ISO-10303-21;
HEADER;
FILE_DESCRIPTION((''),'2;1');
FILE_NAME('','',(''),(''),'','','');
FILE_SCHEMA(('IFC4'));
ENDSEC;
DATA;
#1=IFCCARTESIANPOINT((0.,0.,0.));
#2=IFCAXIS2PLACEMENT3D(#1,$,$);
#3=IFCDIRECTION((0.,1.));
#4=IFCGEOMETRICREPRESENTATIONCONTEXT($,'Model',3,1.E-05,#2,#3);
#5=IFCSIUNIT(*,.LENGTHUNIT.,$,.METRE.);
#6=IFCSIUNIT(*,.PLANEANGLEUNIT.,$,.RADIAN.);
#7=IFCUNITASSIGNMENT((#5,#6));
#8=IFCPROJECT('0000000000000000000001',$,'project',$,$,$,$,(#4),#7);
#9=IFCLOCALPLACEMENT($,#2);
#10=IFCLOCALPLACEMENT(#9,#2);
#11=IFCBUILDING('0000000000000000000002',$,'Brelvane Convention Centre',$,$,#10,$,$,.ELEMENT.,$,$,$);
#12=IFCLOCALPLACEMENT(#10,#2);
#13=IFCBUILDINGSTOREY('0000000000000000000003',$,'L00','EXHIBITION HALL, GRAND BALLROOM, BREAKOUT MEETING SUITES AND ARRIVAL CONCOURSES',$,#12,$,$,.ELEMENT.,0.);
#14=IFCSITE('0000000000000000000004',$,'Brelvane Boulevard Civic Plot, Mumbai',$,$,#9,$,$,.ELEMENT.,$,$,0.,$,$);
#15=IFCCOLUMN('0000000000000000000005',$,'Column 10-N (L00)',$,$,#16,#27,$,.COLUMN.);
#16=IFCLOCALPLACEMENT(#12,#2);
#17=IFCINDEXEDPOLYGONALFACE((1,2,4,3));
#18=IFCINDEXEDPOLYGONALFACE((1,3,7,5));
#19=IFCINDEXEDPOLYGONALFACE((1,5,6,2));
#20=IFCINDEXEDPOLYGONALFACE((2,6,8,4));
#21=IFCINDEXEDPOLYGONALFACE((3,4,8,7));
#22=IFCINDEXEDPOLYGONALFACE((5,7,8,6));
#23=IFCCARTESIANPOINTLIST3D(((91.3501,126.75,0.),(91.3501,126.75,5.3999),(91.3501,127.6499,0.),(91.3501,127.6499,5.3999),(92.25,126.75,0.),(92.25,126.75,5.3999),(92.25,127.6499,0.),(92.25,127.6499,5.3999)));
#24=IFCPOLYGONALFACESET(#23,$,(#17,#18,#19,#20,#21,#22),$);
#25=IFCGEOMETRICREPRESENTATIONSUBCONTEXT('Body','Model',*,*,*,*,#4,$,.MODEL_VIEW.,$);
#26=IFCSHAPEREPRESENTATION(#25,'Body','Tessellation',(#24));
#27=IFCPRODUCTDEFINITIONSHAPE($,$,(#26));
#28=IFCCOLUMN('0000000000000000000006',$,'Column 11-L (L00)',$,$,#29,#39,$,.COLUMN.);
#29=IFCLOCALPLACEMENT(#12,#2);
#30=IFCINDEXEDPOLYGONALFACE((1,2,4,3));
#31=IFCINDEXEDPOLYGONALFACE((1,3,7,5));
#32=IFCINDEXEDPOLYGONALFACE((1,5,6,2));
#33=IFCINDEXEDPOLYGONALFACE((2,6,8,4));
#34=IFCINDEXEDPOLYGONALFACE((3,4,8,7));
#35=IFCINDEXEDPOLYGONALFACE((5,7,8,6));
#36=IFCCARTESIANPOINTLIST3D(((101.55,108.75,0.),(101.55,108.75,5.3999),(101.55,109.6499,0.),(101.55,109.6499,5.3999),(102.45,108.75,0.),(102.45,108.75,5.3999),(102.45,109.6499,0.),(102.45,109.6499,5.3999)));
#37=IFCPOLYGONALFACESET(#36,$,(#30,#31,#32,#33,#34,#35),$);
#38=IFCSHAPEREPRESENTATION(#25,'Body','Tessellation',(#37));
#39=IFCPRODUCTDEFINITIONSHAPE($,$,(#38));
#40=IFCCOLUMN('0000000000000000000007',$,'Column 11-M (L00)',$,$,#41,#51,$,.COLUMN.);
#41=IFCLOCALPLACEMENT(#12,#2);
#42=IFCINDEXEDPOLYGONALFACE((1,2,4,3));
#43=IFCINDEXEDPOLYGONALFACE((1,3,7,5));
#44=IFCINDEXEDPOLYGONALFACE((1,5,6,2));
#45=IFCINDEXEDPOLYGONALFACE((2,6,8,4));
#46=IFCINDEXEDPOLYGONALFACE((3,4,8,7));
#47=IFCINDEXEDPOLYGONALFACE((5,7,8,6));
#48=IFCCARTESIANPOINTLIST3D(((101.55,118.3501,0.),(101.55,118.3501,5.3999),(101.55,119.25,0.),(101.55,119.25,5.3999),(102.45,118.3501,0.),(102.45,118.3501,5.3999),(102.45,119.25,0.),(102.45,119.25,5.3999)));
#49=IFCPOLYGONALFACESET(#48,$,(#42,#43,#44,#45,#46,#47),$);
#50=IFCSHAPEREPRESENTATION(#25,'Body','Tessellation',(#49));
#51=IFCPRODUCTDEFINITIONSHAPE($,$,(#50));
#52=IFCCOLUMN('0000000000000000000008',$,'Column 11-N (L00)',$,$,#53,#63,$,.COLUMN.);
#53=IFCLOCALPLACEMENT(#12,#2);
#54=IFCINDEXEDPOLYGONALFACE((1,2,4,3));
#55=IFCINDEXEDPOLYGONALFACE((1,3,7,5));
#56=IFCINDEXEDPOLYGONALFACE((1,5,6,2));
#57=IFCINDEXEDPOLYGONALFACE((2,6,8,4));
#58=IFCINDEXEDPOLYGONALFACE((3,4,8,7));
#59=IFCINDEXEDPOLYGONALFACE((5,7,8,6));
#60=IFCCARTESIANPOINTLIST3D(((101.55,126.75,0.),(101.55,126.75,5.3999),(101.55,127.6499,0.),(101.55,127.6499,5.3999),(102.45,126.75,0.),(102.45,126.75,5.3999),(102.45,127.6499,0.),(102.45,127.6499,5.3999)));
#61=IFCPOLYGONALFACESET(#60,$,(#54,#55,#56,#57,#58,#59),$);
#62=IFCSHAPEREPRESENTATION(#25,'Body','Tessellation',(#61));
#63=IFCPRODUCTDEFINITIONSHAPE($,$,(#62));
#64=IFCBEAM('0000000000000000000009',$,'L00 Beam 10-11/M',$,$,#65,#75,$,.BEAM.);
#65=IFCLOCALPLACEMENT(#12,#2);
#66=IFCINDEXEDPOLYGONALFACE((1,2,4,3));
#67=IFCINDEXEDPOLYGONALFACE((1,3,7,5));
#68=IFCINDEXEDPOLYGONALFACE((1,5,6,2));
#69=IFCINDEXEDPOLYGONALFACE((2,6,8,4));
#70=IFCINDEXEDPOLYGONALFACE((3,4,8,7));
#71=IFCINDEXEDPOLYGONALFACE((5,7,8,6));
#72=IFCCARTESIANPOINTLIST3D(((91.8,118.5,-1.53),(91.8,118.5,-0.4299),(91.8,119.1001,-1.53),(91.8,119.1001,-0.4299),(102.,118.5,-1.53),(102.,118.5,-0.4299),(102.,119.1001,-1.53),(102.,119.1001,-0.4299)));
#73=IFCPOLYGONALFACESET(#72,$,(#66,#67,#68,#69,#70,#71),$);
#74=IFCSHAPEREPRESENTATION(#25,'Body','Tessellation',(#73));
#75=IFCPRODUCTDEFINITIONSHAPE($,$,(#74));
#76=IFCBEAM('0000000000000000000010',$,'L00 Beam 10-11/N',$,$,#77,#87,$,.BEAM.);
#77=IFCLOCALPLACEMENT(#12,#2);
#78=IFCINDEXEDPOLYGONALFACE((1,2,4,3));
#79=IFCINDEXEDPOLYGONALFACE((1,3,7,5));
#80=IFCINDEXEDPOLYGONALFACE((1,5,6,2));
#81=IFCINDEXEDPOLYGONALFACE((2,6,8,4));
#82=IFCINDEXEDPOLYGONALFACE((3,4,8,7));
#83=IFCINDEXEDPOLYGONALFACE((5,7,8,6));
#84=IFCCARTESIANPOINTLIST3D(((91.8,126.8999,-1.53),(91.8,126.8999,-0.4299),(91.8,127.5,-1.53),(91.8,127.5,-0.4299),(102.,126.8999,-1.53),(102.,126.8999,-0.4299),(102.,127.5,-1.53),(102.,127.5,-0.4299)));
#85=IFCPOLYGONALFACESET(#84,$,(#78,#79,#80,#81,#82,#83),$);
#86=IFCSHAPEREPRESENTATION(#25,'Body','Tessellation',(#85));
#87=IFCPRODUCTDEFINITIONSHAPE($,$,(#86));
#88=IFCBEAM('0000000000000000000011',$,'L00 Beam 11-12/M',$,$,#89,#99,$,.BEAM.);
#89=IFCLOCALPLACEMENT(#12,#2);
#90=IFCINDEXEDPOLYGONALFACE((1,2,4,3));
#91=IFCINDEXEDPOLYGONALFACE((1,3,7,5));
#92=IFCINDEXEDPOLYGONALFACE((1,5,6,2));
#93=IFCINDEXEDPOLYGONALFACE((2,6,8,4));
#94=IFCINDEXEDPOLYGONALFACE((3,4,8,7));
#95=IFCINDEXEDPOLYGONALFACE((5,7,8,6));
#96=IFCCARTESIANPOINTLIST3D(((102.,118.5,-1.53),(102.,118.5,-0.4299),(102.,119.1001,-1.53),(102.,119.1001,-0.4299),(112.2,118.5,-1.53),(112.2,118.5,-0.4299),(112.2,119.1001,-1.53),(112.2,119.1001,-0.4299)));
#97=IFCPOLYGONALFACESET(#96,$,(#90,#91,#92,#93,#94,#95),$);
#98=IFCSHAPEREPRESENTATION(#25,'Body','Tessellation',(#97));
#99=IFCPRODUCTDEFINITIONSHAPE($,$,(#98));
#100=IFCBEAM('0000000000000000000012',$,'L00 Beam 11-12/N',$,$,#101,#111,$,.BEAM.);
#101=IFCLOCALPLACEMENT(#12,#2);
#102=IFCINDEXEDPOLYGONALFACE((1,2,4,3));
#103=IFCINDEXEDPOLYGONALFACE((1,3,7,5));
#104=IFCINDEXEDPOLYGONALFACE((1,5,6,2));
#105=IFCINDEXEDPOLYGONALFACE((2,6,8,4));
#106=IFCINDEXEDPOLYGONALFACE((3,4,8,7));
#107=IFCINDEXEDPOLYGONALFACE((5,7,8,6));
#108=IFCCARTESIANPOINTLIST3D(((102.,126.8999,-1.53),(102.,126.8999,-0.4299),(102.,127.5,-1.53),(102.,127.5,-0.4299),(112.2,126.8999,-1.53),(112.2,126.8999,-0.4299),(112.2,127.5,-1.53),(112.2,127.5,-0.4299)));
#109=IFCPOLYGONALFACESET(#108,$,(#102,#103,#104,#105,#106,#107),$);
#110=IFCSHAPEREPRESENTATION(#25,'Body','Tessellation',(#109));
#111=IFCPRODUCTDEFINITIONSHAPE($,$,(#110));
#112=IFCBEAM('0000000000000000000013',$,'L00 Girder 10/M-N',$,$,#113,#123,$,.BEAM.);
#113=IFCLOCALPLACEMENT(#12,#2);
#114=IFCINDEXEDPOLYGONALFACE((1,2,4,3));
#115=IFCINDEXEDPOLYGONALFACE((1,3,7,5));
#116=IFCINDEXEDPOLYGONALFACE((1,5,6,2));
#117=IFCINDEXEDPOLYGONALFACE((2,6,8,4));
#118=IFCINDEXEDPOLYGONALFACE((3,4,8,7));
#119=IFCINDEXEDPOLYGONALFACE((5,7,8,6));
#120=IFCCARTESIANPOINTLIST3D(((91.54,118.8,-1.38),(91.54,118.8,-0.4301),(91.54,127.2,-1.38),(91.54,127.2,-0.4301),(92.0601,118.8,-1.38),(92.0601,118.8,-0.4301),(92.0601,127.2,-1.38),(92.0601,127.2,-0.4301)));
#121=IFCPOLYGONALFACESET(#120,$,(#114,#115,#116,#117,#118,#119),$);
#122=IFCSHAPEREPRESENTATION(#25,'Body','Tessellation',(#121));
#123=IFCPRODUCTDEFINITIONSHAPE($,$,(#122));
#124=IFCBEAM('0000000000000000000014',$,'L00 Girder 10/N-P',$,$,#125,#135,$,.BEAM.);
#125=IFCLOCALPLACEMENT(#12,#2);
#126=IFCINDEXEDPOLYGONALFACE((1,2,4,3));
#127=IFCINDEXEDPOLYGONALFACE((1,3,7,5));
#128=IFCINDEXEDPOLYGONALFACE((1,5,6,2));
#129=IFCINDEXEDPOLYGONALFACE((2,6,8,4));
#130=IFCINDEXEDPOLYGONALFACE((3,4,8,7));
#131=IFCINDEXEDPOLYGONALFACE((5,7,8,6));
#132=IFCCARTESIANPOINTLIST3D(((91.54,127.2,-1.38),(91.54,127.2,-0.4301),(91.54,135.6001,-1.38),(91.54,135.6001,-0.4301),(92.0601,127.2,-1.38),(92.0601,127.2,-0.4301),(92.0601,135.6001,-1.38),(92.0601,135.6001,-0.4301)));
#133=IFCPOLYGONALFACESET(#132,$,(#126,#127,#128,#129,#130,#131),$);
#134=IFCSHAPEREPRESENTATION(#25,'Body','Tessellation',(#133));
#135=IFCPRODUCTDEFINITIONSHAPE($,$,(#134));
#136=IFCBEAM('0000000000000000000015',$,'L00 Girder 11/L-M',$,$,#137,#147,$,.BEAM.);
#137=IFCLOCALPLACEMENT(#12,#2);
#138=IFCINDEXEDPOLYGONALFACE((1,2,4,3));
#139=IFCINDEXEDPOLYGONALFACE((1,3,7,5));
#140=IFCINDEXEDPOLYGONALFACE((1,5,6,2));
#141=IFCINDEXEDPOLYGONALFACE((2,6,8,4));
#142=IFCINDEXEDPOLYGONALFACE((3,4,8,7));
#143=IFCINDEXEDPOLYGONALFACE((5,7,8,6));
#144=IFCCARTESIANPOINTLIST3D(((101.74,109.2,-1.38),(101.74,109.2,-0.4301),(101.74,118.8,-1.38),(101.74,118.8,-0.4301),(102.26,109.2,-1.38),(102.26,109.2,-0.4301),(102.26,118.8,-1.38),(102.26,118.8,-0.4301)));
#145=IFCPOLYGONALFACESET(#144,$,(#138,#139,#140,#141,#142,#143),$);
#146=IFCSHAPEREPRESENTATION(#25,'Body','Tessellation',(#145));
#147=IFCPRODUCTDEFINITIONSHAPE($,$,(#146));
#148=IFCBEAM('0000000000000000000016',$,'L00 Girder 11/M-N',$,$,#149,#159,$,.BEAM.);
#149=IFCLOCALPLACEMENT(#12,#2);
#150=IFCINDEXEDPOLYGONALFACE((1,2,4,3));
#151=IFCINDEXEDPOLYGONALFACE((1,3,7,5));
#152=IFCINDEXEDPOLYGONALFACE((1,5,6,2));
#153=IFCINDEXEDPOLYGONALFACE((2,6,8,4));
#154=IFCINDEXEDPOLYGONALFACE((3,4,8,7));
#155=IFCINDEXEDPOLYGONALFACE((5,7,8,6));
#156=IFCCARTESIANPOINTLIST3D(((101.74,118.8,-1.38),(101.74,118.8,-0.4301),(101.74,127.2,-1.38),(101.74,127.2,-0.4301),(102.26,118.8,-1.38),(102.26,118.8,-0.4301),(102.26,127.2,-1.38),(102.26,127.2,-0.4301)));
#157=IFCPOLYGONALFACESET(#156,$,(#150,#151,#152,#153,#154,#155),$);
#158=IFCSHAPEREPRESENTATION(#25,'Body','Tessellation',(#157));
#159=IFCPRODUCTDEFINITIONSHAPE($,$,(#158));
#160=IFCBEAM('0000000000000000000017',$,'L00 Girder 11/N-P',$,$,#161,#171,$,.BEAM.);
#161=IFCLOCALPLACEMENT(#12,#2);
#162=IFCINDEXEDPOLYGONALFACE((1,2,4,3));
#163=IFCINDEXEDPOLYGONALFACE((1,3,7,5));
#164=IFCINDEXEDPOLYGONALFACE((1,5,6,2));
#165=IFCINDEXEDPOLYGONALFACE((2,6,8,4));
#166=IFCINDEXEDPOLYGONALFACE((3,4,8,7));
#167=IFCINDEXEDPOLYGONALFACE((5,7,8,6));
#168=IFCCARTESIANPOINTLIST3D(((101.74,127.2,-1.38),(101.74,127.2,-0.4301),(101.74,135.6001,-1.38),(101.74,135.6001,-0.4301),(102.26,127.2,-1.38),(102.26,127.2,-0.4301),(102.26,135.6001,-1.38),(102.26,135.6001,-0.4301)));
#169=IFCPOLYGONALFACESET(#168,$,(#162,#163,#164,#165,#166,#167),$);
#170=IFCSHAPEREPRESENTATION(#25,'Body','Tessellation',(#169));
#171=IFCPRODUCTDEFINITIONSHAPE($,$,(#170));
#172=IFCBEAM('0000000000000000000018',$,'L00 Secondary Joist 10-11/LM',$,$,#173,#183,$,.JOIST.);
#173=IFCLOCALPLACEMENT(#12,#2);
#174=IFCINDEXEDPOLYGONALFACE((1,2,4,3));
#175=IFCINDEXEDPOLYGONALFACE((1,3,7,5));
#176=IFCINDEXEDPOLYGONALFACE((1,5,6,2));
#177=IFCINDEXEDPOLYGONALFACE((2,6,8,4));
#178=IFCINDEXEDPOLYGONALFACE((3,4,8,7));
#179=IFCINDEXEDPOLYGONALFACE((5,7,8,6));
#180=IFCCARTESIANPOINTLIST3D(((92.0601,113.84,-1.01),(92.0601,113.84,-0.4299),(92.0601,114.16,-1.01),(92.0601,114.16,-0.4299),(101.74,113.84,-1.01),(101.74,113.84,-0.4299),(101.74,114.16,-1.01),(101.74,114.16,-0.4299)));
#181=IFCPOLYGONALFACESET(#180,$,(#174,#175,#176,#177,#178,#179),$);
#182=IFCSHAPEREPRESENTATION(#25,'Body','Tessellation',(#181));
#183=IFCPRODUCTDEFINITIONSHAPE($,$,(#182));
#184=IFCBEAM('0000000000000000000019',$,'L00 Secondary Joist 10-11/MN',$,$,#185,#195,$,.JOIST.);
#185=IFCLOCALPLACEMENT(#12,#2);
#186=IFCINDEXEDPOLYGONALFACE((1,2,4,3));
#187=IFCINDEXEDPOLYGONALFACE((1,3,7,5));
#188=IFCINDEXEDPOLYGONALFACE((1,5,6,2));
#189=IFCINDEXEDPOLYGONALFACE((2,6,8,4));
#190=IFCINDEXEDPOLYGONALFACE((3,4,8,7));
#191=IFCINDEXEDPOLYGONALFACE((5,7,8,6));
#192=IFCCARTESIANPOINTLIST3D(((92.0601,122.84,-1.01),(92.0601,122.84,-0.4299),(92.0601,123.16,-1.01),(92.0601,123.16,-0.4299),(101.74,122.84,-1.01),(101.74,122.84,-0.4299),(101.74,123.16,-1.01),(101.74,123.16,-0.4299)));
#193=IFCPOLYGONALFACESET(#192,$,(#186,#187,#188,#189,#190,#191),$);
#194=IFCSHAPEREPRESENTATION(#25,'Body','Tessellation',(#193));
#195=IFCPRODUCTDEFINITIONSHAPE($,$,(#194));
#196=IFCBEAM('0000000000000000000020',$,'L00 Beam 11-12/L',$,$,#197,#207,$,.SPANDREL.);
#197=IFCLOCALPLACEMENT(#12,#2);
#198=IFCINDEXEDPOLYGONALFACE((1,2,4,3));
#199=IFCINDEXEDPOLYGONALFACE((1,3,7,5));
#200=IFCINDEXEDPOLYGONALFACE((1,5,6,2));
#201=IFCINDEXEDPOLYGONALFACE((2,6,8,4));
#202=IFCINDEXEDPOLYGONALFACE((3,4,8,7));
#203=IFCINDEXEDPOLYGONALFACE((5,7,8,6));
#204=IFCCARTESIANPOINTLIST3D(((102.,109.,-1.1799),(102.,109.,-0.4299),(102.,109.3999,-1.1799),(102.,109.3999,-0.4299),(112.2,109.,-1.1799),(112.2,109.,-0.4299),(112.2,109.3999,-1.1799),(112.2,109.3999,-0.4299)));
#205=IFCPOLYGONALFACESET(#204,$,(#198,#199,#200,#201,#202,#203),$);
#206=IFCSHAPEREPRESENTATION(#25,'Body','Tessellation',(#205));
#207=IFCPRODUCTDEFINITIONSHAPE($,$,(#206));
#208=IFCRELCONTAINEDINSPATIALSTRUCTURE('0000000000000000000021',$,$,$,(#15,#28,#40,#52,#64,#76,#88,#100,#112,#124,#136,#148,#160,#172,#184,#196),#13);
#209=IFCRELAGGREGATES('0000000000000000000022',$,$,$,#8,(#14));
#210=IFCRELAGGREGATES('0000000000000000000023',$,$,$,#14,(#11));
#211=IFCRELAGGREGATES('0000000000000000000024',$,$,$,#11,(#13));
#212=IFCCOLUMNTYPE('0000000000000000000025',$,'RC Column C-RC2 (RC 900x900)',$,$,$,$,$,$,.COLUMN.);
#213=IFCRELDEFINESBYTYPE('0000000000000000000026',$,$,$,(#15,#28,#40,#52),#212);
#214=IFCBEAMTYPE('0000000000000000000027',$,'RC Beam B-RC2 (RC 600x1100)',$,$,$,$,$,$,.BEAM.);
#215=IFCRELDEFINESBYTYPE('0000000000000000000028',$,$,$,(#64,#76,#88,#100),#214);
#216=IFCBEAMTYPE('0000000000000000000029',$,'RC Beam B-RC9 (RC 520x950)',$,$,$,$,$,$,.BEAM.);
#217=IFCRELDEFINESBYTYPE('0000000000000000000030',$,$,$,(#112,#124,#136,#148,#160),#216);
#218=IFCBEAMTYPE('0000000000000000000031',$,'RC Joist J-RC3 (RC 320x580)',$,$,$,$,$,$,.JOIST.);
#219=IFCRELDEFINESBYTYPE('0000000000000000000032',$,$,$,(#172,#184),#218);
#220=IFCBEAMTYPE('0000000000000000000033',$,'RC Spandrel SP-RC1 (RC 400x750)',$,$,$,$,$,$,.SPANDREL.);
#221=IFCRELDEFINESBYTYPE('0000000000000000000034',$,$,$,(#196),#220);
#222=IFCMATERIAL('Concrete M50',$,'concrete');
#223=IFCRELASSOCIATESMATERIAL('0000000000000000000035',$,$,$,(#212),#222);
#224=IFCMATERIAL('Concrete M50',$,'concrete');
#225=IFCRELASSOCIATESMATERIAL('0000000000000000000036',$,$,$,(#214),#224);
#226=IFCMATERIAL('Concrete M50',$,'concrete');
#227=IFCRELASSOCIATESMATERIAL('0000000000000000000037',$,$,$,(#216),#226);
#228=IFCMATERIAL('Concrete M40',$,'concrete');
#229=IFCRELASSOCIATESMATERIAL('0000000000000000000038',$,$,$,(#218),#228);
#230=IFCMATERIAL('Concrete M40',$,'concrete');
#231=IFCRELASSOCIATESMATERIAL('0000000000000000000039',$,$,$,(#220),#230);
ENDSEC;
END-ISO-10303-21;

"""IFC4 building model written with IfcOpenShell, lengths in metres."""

from ifc_helpers import new_model, si_unit, direction, frame, origin, origin_2d, place, context, subcontext, project, spatial, rectangle, extrude, material, material_profile, profile_set, type_object, element, save


model = new_model("IFC4")

# Units and contexts
model_context = context("Model", 3, precision=1e-05, world=origin(), true_north=direction((0.0, 1.0)))
body_context = subcontext(model_context, "Body", "Model", "MODEL_VIEW")
ifc_project = project(units=[si_unit("LENGTHUNIT", "METRE"), si_unit("PLANEANGLEUNIT", "RADIAN")], contexts=[model_context])

# Site, building, storey
site_placement = place(None, origin())
site = spatial("IfcSite", under=ifc_project, at=site_placement, Name="Brelvane Boulevard Civic Plot, Mumbai", CompositionType="ELEMENT", RefElevation=0.0)
building_placement = place(site_placement, origin())
building = spatial("IfcBuilding", under=site, at=building_placement, Name="Brelvane Convention Centre", CompositionType="ELEMENT")
storey_placement = place(building_placement, origin())
storey = spatial("IfcBuildingStorey", under=building, at=storey_placement, Name="L00", Description="EXHIBITION HALL, GRAND BALLROOM, BREAKOUT MEETING SUITES AND ARRIVAL CONCOURSES", CompositionType="ELEMENT", Elevation=0.0)

# Columns
ifc_material_1 = material(Name="Concrete M50", Category="concrete")
ifc_material_profile_1 = material_profile(ifc_material_1, rectangle(XDim=0.8999, YDim=0.8999, at=origin_2d()), Name="RC 900x900")
ifc_profile_set_1 = profile_set([ifc_material_profile_1], Name="Concrete M50")
column_type = type_object("IfcColumnType", Name="RC Column C-RC2 (RC 900x900)", PredefinedType="COLUMN", material=ifc_profile_set_1)
for number, where, z_axis, x_axis, name in (
    (1, (91.8, 127.2, 0.0), (0.0, 0.0, 1.0), (1.0, 0.0, 0.0), "Column 10-N (L00)"),
    (2, (102.0, 109.2, 0.0), (0.0, 0.0, 1.0), (1.0, 0.0, 0.0), "Column 11-L (L00)"),
    (3, (102.0, 118.8, 0.0), (0.0, 0.0, 1.0), (1.0, 0.0, 0.0), "Column 11-M (L00)"),
    (4, (102.0, 127.2, 0.0), (0.0, 0.0, 1.0), (1.0, 0.0, 0.0), "Column 11-N (L00)"),
):
    element("IfcColumn", number, at=place(storey_placement, frame(where, z_axis=z_axis, x_axis=x_axis)), inside=storey, type_object=column_type, Name=name, PredefinedType="COLUMN", context=body_context, shape_type="SweptSolid", body=[
        extrude(rectangle(XDim=0.8999, YDim=0.8999, at=origin_2d()), origin(), (0.0, 0.0, 1.0), 5.3999),
    ])

# Beams
ifc_material_2 = material(Name="Concrete M50", Category="concrete")
ifc_material_profile_2 = material_profile(ifc_material_2, rectangle(XDim=0.6001, YDim=1.1001, at=origin_2d()), Name="RC 600x1100")
ifc_profile_set_2 = profile_set([ifc_material_profile_2], Name="Concrete M50")
beam_type_1 = type_object("IfcBeamType", Name="RC Beam B-RC2 (RC 600x1100)", PredefinedType="BEAM", material=ifc_profile_set_2)
for number, where, z_axis, x_axis, name in (
    (5, (91.8, 118.8, -0.98), (1.0, 0.0, 0.0), (0.0, 1.0, 0.0), "L00 Beam 10-11/M"),
    (6, (91.8, 127.2, -0.98), (1.0, 0.0, 0.0), (0.0, 1.0, 0.0), "L00 Beam 10-11/N"),
    (7, (102.0, 118.8, -0.98), (1.0, 0.0, 0.0), (0.0, 1.0, 0.0), "L00 Beam 11-12/M"),
    (8, (102.0, 127.2, -0.98), (1.0, 0.0, 0.0), (0.0, 1.0, 0.0), "L00 Beam 11-12/N"),
):
    element("IfcBeam", number, at=place(storey_placement, frame(where, z_axis=z_axis, x_axis=x_axis)), inside=storey, type_object=beam_type_1, Name=name, PredefinedType="BEAM", context=body_context, shape_type="SweptSolid", body=[
        extrude(rectangle(XDim=0.6001, YDim=1.1001, at=origin_2d()), origin(), (0.0, 0.0, 1.0), 10.2),
    ])
ifc_material_3 = material(Name="Concrete M50", Category="concrete")
ifc_material_profile_3 = material_profile(ifc_material_3, rectangle(XDim=0.52, YDim=0.95, at=origin_2d()), Name="RC 520x950")
ifc_profile_set_3 = profile_set([ifc_material_profile_3], Name="Concrete M50")
beam_type_2 = type_object("IfcBeamType", Name="RC Beam B-RC9 (RC 520x950)", PredefinedType="BEAM", material=ifc_profile_set_3)
beam_1_placement = place(storey_placement, frame((91.8, 118.8, -0.905), z_axis=(0.0, 1.0, 0.0), x_axis=(-1.0, 0.0, 0.0)))
element("IfcBeam", 9, at=beam_1_placement, inside=storey, type_object=beam_type_2, Name="L00 Girder 10/M-N", PredefinedType="BEAM", context=body_context, shape_type="SweptSolid", body=[
    extrude(rectangle(XDim=0.52, YDim=0.95, at=origin_2d()), origin(), (0.0, 0.0, 1.0), 8.3999),
])
beam_2_placement = place(storey_placement, frame((91.8, 127.2, -0.905), z_axis=(0.0, 1.0, 0.0), x_axis=(-1.0, 0.0, 0.0)))
element("IfcBeam", 10, at=beam_2_placement, inside=storey, type_object=beam_type_2, Name="L00 Girder 10/N-P", PredefinedType="BEAM", context=body_context, shape_type="SweptSolid", body=[
    extrude(rectangle(XDim=0.52, YDim=0.95, at=origin_2d()), origin(), (0.0, 0.0, 1.0), 8.4001),
])
beam_3_placement = place(storey_placement, frame((102.0, 109.2, -0.905), z_axis=(0.0, 1.0, 0.0), x_axis=(-1.0, 0.0, 0.0)))
element("IfcBeam", 11, at=beam_3_placement, inside=storey, type_object=beam_type_2, Name="L00 Girder 11/L-M", PredefinedType="BEAM", context=body_context, shape_type="SweptSolid", body=[
    extrude(rectangle(XDim=0.52, YDim=0.95, at=origin_2d()), origin(), (0.0, 0.0, 1.0), 9.6001),
])
beam_4_placement = place(storey_placement, frame((102.0, 118.8, -0.905), z_axis=(0.0, 1.0, 0.0), x_axis=(-1.0, 0.0, 0.0)))
element("IfcBeam", 12, at=beam_4_placement, inside=storey, type_object=beam_type_2, Name="L00 Girder 11/M-N", PredefinedType="BEAM", context=body_context, shape_type="SweptSolid", body=[
    extrude(rectangle(XDim=0.52, YDim=0.95, at=origin_2d()), origin(), (0.0, 0.0, 1.0), 8.3999),
])
beam_5_placement = place(storey_placement, frame((102.0, 127.2, -0.905), z_axis=(0.0, 1.0, 0.0), x_axis=(-1.0, 0.0, 0.0)))
element("IfcBeam", 13, at=beam_5_placement, inside=storey, type_object=beam_type_2, Name="L00 Girder 11/N-P", PredefinedType="BEAM", context=body_context, shape_type="SweptSolid", body=[
    extrude(rectangle(XDim=0.52, YDim=0.95, at=origin_2d()), origin(), (0.0, 0.0, 1.0), 8.4001),
])
ifc_material_4 = material(Name="Concrete M40", Category="concrete")
ifc_material_profile_4 = material_profile(ifc_material_4, rectangle(XDim=0.3201, YDim=0.5801, at=origin_2d()), Name="RC 320x580")
ifc_profile_set_4 = profile_set([ifc_material_profile_4], Name="Concrete M40")
beam_type_3 = type_object("IfcBeamType", Name="RC Joist J-RC3 (RC 320x580)", PredefinedType="JOIST", material=ifc_profile_set_4)
for number, where, z_axis, x_axis, name in (
    (14, (92.0601, 114.0, -0.72), (1.0, 0.0, 0.0), (0.0, 1.0, 0.0), "L00 Secondary Joist 10-11/LM"),
    (15, (92.0601, 123.0, -0.72), (1.0, 0.0, 0.0), (0.0, 1.0, 0.0), "L00 Secondary Joist 10-11/MN"),
):
    element("IfcBeam", number, at=place(storey_placement, frame(where, z_axis=z_axis, x_axis=x_axis)), inside=storey, type_object=beam_type_3, Name=name, PredefinedType="JOIST", context=body_context, shape_type="SweptSolid", body=[
        extrude(rectangle(XDim=0.3201, YDim=0.5801, at=origin_2d()), origin(), (0.0, 0.0, 1.0), 9.6799),
    ])
ifc_material_5 = material(Name="Concrete M40", Category="concrete")
ifc_material_profile_5 = material_profile(ifc_material_5, rectangle(XDim=0.3999, YDim=0.75, at=origin_2d()), Name="RC 400x750")
ifc_profile_set_5 = profile_set([ifc_material_profile_5], Name="Concrete M40")
beam_type_4 = type_object("IfcBeamType", Name="RC Spandrel SP-RC1 (RC 400x750)", PredefinedType="SPANDREL", material=ifc_profile_set_5)
beam_6_placement = place(storey_placement, frame((102.0, 109.2, -0.8049), z_axis=(1.0, 0.0, 0.0), x_axis=(0.0, 1.0, 0.0)))
element("IfcBeam", 16, at=beam_6_placement, inside=storey, type_object=beam_type_4, Name="L00 Beam 11-12/L", PredefinedType="SPANDREL", context=body_context, shape_type="SweptSolid", body=[
    extrude(rectangle(XDim=0.3999, YDim=0.75, at=origin_2d()), origin(), (0.0, 0.0, 1.0), 10.2),
])

save(model, "model.ifc")
